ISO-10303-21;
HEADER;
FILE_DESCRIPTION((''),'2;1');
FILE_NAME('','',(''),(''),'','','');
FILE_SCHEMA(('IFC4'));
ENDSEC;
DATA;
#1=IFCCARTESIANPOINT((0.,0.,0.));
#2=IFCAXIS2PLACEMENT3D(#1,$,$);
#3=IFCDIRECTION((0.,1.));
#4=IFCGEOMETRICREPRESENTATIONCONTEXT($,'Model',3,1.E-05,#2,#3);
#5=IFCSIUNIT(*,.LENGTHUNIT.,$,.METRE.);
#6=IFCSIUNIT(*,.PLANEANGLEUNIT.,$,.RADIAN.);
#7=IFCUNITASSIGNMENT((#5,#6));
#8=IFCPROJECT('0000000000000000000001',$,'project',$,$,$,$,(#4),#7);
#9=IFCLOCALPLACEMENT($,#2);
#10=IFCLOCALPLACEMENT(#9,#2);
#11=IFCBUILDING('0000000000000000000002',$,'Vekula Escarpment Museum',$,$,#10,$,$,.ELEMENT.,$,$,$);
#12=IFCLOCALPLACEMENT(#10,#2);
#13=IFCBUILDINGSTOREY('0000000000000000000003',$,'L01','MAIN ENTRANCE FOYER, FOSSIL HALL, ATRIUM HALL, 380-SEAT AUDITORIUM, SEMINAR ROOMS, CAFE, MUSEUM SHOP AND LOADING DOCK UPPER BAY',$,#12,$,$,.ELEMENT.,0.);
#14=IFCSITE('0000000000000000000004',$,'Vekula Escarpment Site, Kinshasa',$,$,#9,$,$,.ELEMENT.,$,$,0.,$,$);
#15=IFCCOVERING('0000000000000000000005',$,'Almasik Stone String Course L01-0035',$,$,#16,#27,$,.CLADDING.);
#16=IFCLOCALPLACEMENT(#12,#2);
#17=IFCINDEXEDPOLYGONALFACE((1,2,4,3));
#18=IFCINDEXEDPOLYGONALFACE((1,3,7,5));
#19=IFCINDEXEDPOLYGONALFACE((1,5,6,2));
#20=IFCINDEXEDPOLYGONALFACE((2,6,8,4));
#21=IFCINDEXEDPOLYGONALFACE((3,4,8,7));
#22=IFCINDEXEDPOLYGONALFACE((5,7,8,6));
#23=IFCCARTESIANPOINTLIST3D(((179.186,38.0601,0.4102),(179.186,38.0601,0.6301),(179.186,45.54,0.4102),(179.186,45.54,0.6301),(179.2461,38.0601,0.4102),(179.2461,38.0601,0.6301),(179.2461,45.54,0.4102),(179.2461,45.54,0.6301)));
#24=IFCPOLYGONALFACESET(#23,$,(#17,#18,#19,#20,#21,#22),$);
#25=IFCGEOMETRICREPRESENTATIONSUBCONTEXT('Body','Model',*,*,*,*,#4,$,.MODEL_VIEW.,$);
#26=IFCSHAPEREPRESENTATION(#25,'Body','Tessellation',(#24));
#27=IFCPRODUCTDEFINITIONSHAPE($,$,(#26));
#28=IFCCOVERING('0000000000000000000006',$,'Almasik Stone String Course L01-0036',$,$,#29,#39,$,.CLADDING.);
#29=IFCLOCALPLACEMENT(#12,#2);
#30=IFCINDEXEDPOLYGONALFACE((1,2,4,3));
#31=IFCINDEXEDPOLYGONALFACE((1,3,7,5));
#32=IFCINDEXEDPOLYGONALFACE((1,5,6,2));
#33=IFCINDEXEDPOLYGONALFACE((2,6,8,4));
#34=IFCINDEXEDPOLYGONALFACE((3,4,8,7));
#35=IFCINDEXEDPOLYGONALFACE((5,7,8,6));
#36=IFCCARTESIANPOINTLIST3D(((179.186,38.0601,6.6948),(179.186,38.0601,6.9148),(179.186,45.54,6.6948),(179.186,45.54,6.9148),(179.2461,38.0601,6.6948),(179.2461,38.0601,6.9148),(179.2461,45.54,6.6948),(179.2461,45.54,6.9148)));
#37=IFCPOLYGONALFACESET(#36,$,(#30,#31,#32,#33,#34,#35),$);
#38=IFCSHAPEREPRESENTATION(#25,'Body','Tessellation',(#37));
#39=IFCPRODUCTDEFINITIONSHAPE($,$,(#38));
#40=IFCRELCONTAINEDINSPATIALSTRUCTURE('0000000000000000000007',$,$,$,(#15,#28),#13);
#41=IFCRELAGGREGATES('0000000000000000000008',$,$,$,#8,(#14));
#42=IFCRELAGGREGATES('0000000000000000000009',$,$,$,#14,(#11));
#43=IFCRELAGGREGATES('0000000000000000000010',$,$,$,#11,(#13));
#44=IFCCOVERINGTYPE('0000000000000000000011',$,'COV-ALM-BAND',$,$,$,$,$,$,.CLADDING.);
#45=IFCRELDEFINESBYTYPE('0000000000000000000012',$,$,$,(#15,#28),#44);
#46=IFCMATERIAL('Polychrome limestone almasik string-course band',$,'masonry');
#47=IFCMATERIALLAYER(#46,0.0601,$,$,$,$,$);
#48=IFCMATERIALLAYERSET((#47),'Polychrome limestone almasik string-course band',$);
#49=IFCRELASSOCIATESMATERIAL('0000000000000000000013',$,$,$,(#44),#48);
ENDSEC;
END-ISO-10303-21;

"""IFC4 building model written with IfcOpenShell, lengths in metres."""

from ifc_helpers import new_model, si_unit, direction, frame, origin, origin_2d, place, context, subcontext, project, spatial, rectangle, extrude, material, layer, layer_set, type_object, element, save


model = new_model("IFC4")

# Units and contexts
model_context = context("Model", 3, precision=1e-05, world=origin(), true_north=direction((0.0, 1.0)))
body_context = subcontext(model_context, "Body", "Model", "MODEL_VIEW")
ifc_project = project(units=[si_unit("LENGTHUNIT", "METRE"), si_unit("PLANEANGLEUNIT", "RADIAN")], contexts=[model_context])

# Site, building, storey
site_placement = place(None, origin())
site = spatial("IfcSite", under=ifc_project, at=site_placement, Name="Vekula Escarpment Site, Kinshasa", CompositionType="ELEMENT", RefElevation=0.0)
building_placement = place(site_placement, origin())
building = spatial("IfcBuilding", under=site, at=building_placement, Name="Vekula Escarpment Museum", CompositionType="ELEMENT")
storey_placement = place(building_placement, origin())
storey = spatial("IfcBuildingStorey", under=building, at=storey_placement, Name="L01", Description="MAIN ENTRANCE FOYER, FOSSIL HALL, ATRIUM HALL, 380-SEAT AUDITORIUM, SEMINAR ROOMS, CAFE, MUSEUM SHOP AND LOADING DOCK UPPER BAY", CompositionType="ELEMENT", Elevation=0.0)

# Coverings
ifc_material_1 = material(Name="Polychrome limestone almasik string-course band", Category="masonry")
ifc_layer_1 = layer(ifc_material_1, 0.0601)
ifc_layer_set_1 = layer_set([ifc_layer_1], Name="Polychrome limestone almasik string-course band")
covering_type = type_object("IfcCoveringType", Name="COV-ALM-BAND", PredefinedType="CLADDING", material=ifc_layer_set_1)
for number, where, z_axis, x_axis, name in (
    (1, (179.2161, 41.8, 0.4102), (0.0, 0.0, 1.0), (0.0, 1.0, 0.0), "Almasik Stone String Course L01-0035"),
    (2, (179.2161, 41.8, 6.6948), (0.0, 0.0, 1.0), (0.0, 1.0, 0.0), "Almasik Stone String Course L01-0036"),
):
    element("IfcCovering", number, at=place(storey_placement, frame(where, z_axis=z_axis, x_axis=x_axis)), inside=storey, type_object=covering_type, Name=name, PredefinedType="CLADDING", context=body_context, shape_type="SweptSolid", body=[
        extrude(rectangle(XDim=7.48, YDim=0.0601, at=origin_2d()), origin(), (0.0, 0.0, 1.0), 0.22),
    ])

save(model, "model.ifc")
